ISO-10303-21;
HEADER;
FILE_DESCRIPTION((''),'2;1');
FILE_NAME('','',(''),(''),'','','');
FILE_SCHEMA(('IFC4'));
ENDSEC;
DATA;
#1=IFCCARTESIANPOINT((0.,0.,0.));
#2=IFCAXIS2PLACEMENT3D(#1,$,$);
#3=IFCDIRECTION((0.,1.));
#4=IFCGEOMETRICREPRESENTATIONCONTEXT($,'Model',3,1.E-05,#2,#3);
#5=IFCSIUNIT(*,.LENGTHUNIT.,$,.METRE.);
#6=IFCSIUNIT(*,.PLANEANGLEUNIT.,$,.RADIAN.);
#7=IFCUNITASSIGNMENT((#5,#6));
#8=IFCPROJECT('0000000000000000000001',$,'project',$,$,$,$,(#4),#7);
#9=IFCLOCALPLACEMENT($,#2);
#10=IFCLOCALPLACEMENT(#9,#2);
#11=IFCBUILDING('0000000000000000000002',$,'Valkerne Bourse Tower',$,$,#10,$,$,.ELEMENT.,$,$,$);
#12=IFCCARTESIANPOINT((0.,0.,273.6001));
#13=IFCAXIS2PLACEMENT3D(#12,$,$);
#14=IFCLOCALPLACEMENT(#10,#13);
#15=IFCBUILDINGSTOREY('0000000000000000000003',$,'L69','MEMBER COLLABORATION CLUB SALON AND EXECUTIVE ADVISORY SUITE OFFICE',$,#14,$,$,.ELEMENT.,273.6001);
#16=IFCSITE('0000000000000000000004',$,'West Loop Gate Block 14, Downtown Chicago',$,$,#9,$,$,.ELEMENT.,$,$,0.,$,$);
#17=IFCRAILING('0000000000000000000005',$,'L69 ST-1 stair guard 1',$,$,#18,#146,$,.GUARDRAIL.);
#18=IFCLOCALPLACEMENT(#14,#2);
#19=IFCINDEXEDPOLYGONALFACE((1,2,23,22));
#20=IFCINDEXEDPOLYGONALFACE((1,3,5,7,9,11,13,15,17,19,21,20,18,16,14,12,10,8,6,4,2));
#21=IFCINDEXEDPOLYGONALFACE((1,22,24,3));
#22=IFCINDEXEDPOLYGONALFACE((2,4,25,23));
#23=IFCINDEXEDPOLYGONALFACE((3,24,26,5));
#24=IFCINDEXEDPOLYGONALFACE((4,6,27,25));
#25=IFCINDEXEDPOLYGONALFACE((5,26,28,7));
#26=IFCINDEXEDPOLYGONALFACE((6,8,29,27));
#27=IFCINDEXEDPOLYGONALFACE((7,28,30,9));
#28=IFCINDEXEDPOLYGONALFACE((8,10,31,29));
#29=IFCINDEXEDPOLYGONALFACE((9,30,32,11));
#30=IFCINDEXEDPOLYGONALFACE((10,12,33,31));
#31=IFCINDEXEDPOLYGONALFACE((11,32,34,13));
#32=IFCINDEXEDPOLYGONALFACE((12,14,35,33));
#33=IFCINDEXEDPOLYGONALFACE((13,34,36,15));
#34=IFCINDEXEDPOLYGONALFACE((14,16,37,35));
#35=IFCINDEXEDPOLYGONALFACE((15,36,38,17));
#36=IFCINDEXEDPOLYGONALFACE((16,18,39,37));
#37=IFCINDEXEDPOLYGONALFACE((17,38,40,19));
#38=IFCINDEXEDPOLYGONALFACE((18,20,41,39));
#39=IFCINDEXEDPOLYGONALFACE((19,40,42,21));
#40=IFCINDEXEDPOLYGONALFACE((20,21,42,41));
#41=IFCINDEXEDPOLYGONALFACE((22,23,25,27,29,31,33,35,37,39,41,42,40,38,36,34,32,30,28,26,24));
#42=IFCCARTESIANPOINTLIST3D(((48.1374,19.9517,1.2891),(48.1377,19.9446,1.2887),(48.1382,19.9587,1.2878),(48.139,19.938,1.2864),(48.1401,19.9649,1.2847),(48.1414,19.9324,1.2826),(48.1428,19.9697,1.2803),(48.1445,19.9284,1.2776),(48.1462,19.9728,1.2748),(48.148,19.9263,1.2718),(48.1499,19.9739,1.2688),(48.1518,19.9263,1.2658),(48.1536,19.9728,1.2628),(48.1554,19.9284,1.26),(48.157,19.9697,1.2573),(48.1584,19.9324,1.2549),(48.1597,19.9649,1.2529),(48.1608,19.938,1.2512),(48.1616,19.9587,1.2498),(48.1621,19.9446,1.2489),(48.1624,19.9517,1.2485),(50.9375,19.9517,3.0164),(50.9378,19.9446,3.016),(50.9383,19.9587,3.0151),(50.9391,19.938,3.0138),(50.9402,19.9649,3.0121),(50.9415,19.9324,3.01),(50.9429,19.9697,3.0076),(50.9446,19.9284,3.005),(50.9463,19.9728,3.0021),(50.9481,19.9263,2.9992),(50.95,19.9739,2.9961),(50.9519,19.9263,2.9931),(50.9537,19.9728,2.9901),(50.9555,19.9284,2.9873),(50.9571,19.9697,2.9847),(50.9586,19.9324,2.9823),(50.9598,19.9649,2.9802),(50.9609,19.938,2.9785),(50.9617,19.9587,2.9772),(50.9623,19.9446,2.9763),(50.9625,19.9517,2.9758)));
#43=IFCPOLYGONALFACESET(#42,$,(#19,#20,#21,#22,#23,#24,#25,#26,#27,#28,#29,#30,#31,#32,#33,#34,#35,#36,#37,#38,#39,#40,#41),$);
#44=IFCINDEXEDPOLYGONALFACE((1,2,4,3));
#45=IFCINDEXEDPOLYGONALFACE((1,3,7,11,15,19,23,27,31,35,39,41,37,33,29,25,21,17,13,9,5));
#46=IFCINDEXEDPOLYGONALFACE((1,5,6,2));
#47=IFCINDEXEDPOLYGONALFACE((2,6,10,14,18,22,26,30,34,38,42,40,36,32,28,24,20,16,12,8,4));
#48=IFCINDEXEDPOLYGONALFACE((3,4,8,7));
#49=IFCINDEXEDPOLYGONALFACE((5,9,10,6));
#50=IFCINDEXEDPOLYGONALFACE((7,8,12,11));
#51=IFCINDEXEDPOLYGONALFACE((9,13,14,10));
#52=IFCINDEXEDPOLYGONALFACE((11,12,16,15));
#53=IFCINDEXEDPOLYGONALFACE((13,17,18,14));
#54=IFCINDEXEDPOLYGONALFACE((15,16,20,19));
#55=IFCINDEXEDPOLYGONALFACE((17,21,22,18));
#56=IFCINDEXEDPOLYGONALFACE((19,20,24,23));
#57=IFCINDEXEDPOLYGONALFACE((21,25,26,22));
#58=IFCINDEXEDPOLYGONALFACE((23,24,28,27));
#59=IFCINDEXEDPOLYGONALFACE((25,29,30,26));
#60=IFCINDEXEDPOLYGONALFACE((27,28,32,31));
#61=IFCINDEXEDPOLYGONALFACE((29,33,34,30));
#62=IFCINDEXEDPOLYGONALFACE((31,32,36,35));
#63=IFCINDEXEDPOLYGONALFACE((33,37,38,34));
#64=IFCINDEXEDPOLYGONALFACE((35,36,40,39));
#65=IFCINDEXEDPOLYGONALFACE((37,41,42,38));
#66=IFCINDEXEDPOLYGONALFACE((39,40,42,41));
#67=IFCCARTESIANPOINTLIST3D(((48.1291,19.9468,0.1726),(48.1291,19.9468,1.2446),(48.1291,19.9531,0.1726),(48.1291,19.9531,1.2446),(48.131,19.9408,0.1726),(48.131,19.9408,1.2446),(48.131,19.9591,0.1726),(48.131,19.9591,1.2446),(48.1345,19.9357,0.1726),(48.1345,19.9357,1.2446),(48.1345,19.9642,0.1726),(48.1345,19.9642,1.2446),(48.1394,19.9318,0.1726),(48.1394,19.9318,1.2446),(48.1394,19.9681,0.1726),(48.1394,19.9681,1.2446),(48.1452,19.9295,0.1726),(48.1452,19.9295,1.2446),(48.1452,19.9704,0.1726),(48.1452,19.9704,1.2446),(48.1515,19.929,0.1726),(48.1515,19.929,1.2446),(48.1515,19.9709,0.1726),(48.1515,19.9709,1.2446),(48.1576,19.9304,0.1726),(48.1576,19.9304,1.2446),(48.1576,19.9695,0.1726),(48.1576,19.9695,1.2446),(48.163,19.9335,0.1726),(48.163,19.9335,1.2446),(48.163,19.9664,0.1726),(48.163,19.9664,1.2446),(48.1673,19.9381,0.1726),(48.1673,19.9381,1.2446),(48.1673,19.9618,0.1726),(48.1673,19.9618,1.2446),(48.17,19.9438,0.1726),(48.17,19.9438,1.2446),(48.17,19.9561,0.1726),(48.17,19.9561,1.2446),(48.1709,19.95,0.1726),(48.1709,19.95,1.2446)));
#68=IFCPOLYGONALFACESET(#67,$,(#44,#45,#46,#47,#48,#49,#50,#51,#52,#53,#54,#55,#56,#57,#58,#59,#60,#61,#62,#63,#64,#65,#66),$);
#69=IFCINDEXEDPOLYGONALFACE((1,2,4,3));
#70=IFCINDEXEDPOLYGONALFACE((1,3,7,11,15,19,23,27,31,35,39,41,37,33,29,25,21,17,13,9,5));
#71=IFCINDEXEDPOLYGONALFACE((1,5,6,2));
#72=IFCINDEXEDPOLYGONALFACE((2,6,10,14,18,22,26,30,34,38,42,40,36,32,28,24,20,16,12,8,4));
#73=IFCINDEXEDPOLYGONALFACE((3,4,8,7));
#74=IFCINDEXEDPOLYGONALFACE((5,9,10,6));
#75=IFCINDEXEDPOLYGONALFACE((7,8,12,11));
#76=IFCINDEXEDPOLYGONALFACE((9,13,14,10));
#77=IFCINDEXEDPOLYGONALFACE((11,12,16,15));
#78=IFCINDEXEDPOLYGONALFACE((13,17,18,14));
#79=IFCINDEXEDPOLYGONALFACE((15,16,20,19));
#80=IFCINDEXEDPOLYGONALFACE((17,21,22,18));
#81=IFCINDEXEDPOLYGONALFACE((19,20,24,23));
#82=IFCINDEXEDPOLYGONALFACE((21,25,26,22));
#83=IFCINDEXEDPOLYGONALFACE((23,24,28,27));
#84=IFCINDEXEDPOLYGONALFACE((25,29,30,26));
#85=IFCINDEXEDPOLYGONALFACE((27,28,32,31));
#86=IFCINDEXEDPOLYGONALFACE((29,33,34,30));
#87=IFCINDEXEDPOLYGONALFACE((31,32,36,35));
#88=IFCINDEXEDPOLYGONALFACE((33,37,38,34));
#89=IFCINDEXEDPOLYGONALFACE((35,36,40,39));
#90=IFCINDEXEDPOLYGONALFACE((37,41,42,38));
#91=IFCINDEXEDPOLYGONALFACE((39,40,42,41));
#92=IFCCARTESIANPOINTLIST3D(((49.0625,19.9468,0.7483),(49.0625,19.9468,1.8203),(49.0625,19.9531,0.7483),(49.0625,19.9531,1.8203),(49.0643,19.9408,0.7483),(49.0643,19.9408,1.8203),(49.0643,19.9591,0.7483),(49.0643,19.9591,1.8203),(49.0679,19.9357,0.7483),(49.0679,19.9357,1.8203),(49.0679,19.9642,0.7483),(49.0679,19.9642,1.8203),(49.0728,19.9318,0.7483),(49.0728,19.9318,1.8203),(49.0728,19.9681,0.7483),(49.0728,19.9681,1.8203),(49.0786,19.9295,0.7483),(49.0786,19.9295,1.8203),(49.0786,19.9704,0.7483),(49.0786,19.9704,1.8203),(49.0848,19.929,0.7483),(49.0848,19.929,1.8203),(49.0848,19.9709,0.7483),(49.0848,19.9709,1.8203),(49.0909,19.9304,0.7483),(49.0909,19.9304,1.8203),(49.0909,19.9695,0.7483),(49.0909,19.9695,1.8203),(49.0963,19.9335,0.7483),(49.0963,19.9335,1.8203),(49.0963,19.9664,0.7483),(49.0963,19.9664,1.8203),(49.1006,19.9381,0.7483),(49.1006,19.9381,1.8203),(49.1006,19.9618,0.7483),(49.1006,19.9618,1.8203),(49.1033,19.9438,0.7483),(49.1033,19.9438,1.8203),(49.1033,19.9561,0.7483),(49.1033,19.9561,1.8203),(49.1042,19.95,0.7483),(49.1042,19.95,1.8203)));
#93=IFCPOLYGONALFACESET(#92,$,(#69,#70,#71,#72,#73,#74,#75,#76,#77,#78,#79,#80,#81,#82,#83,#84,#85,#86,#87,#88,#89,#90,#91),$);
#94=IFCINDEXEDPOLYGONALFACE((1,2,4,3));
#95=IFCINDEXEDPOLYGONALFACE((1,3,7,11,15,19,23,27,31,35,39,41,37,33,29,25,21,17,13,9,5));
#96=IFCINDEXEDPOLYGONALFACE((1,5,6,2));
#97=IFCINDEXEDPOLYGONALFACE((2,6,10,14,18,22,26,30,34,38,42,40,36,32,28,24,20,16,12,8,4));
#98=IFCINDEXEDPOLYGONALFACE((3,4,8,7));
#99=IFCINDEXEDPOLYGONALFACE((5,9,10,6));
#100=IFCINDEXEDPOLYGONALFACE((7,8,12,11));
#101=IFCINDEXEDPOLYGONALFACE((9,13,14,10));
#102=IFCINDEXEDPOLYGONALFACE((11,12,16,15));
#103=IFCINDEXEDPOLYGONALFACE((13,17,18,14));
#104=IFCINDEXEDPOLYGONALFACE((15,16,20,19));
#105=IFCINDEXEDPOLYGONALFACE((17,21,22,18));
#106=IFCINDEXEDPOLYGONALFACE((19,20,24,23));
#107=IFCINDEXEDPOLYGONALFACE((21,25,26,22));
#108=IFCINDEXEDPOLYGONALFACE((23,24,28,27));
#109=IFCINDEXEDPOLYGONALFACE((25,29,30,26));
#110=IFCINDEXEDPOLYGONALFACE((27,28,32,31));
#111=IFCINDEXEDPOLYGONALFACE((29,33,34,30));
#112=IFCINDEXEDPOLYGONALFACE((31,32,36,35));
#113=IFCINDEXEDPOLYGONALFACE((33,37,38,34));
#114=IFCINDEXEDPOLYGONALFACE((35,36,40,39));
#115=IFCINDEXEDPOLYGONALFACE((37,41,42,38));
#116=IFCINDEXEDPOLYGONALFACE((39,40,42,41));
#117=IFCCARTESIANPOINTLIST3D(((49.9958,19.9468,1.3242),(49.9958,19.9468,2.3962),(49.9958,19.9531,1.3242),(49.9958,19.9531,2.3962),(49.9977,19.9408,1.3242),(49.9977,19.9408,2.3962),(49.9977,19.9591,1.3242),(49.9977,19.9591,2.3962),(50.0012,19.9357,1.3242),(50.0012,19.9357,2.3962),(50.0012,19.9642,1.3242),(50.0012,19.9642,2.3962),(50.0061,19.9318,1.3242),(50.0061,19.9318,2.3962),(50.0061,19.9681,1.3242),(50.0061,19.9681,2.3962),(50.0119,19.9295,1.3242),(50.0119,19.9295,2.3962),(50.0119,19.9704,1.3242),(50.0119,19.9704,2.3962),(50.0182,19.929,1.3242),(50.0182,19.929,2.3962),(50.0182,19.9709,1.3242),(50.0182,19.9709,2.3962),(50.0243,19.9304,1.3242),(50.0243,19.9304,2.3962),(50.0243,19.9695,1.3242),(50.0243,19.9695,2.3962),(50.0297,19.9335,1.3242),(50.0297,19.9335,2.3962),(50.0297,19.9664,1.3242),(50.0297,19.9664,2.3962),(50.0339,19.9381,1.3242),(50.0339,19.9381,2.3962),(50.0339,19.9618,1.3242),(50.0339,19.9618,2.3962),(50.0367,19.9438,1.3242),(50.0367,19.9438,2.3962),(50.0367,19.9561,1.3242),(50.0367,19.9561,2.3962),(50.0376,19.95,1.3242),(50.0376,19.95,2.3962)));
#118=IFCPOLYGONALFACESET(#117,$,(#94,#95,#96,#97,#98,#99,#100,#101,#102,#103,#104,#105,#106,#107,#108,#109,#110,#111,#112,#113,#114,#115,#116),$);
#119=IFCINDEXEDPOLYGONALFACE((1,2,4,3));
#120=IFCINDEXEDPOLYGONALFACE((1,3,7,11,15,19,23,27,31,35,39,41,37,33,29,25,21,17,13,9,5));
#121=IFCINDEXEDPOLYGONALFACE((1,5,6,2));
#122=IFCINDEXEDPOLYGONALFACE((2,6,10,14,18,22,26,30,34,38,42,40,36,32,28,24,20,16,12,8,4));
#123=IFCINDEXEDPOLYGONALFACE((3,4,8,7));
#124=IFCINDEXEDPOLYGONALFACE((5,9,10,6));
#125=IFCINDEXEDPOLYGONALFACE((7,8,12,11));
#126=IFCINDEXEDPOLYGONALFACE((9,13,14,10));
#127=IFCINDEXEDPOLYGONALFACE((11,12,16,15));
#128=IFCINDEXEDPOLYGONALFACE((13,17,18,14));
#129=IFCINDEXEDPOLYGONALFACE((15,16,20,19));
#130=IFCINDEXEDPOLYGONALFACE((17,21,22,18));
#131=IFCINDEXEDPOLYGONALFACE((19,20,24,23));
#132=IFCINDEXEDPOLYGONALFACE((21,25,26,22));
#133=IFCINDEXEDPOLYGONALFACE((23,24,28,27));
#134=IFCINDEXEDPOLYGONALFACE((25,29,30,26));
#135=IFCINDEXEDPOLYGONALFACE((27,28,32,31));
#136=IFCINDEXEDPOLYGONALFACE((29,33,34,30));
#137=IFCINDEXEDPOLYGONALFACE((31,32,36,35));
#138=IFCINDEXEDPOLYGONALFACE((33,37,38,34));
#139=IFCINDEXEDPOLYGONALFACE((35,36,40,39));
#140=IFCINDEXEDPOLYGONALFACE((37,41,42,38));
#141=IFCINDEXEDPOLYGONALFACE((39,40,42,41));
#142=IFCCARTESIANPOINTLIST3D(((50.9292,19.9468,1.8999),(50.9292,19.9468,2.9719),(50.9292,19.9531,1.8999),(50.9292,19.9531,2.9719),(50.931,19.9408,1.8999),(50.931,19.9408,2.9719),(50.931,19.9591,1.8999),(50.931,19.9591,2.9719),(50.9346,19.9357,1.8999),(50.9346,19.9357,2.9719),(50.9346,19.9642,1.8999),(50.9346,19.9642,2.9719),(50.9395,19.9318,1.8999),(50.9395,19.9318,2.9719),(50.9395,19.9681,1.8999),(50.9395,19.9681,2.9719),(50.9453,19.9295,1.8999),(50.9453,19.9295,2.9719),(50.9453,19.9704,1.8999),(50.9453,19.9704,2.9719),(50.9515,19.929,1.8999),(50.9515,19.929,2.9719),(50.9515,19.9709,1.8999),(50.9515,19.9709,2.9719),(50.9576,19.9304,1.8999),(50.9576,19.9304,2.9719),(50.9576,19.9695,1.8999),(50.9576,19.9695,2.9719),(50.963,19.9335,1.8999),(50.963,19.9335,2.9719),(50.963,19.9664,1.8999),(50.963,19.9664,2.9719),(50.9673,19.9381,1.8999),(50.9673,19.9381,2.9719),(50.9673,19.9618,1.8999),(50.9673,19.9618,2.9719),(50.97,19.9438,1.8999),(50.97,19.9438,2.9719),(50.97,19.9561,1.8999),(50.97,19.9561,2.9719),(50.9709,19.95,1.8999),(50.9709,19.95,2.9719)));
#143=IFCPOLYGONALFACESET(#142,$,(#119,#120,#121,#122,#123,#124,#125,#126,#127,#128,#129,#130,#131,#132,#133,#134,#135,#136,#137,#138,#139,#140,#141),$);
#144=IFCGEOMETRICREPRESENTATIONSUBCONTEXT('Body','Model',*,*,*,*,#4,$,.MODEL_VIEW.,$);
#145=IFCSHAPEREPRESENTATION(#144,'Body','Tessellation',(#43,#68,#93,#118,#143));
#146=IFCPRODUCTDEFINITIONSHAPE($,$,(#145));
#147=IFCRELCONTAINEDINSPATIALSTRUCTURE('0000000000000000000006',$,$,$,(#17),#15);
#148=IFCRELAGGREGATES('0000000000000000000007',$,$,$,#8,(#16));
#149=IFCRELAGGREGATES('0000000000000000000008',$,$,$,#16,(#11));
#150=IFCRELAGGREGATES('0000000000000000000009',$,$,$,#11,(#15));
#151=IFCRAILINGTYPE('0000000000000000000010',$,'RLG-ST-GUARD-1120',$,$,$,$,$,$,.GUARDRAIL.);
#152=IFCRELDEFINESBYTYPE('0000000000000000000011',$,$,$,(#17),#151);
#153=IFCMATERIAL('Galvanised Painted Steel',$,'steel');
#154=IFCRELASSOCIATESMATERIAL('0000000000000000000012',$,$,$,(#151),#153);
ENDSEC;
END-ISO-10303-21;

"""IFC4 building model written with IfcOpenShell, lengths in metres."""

from ifc_helpers import new_model, si_unit, direction, frame, origin, origin_2d, place, context, subcontext, project, spatial, circle, extrude, material, type_object, element, save


model = new_model("IFC4")

# Units and contexts
model_context = context("Model", 3, precision=1e-05, world=origin(), true_north=direction((0.0, 1.0)))
body_context = subcontext(model_context, "Body", "Model", "MODEL_VIEW")
ifc_project = project(units=[si_unit("LENGTHUNIT", "METRE"), si_unit("PLANEANGLEUNIT", "RADIAN")], contexts=[model_context])

# Site, building, storey
site_placement = place(None, origin())
site = spatial("IfcSite", under=ifc_project, at=site_placement, Name="West Loop Gate Block 14, Downtown Chicago", CompositionType="ELEMENT", RefElevation=0.0)
building_placement = place(site_placement, origin())
building = spatial("IfcBuilding", under=site, at=building_placement, Name="Valkerne Bourse Tower", CompositionType="ELEMENT")
storey_placement = place(building_placement, frame((0.0, 0.0, 273.6001)))
storey = spatial("IfcBuildingStorey", under=building, at=storey_placement, Name="L69", Description="MEMBER COLLABORATION CLUB SALON AND EXECUTIVE ADVISORY SUITE OFFICE", CompositionType="ELEMENT", Elevation=273.6001)

# Shared definitions
ifc_material_1 = material(Name="Galvanised Painted Steel", Category="steel")

# Railing
railing_type_1 = type_object("IfcRailingType", Name="RLG-ST-GUARD-1120", PredefinedType="GUARDRAIL", material=ifc_material_1)
railing_1_placement = place(storey_placement, frame((48.1499, 19.95, 0.1726)))
element("IfcRailing", 1, at=railing_1_placement, inside=storey, type_object=railing_type_1, Name="L69 ST-1 stair guard 1", PredefinedType="GUARDRAIL", context=body_context, shape_type="SweptSolid", body=[
    extrude(circle(Radius=0.0239, at=origin_2d()), frame((0.0, 0.0, 1.0962), z_axis=(0.85109, 0.0, 0.52502), x_axis=(0.0, 1.0, 0.0)), (0.0, 0.0, 1.0), 3.29),
    extrude(circle(Radius=0.021, at=origin_2d()), origin(), (0.0, 0.0, 1.0), 1.072),
    extrude(circle(Radius=0.021, at=origin_2d()), frame((0.9333, 0.0, 0.5757)), (0.0, 0.0, 1.0), 1.072),
    extrude(circle(Radius=0.021, at=origin_2d()), frame((1.8667, 0.0, 1.1516)), (0.0, 0.0, 1.0), 1.072),
    extrude(circle(Radius=0.021, at=origin_2d()), frame((2.8, 0.0, 1.7273)), (0.0, 0.0, 1.0), 1.072),
])

save(model, "model.ifc")
